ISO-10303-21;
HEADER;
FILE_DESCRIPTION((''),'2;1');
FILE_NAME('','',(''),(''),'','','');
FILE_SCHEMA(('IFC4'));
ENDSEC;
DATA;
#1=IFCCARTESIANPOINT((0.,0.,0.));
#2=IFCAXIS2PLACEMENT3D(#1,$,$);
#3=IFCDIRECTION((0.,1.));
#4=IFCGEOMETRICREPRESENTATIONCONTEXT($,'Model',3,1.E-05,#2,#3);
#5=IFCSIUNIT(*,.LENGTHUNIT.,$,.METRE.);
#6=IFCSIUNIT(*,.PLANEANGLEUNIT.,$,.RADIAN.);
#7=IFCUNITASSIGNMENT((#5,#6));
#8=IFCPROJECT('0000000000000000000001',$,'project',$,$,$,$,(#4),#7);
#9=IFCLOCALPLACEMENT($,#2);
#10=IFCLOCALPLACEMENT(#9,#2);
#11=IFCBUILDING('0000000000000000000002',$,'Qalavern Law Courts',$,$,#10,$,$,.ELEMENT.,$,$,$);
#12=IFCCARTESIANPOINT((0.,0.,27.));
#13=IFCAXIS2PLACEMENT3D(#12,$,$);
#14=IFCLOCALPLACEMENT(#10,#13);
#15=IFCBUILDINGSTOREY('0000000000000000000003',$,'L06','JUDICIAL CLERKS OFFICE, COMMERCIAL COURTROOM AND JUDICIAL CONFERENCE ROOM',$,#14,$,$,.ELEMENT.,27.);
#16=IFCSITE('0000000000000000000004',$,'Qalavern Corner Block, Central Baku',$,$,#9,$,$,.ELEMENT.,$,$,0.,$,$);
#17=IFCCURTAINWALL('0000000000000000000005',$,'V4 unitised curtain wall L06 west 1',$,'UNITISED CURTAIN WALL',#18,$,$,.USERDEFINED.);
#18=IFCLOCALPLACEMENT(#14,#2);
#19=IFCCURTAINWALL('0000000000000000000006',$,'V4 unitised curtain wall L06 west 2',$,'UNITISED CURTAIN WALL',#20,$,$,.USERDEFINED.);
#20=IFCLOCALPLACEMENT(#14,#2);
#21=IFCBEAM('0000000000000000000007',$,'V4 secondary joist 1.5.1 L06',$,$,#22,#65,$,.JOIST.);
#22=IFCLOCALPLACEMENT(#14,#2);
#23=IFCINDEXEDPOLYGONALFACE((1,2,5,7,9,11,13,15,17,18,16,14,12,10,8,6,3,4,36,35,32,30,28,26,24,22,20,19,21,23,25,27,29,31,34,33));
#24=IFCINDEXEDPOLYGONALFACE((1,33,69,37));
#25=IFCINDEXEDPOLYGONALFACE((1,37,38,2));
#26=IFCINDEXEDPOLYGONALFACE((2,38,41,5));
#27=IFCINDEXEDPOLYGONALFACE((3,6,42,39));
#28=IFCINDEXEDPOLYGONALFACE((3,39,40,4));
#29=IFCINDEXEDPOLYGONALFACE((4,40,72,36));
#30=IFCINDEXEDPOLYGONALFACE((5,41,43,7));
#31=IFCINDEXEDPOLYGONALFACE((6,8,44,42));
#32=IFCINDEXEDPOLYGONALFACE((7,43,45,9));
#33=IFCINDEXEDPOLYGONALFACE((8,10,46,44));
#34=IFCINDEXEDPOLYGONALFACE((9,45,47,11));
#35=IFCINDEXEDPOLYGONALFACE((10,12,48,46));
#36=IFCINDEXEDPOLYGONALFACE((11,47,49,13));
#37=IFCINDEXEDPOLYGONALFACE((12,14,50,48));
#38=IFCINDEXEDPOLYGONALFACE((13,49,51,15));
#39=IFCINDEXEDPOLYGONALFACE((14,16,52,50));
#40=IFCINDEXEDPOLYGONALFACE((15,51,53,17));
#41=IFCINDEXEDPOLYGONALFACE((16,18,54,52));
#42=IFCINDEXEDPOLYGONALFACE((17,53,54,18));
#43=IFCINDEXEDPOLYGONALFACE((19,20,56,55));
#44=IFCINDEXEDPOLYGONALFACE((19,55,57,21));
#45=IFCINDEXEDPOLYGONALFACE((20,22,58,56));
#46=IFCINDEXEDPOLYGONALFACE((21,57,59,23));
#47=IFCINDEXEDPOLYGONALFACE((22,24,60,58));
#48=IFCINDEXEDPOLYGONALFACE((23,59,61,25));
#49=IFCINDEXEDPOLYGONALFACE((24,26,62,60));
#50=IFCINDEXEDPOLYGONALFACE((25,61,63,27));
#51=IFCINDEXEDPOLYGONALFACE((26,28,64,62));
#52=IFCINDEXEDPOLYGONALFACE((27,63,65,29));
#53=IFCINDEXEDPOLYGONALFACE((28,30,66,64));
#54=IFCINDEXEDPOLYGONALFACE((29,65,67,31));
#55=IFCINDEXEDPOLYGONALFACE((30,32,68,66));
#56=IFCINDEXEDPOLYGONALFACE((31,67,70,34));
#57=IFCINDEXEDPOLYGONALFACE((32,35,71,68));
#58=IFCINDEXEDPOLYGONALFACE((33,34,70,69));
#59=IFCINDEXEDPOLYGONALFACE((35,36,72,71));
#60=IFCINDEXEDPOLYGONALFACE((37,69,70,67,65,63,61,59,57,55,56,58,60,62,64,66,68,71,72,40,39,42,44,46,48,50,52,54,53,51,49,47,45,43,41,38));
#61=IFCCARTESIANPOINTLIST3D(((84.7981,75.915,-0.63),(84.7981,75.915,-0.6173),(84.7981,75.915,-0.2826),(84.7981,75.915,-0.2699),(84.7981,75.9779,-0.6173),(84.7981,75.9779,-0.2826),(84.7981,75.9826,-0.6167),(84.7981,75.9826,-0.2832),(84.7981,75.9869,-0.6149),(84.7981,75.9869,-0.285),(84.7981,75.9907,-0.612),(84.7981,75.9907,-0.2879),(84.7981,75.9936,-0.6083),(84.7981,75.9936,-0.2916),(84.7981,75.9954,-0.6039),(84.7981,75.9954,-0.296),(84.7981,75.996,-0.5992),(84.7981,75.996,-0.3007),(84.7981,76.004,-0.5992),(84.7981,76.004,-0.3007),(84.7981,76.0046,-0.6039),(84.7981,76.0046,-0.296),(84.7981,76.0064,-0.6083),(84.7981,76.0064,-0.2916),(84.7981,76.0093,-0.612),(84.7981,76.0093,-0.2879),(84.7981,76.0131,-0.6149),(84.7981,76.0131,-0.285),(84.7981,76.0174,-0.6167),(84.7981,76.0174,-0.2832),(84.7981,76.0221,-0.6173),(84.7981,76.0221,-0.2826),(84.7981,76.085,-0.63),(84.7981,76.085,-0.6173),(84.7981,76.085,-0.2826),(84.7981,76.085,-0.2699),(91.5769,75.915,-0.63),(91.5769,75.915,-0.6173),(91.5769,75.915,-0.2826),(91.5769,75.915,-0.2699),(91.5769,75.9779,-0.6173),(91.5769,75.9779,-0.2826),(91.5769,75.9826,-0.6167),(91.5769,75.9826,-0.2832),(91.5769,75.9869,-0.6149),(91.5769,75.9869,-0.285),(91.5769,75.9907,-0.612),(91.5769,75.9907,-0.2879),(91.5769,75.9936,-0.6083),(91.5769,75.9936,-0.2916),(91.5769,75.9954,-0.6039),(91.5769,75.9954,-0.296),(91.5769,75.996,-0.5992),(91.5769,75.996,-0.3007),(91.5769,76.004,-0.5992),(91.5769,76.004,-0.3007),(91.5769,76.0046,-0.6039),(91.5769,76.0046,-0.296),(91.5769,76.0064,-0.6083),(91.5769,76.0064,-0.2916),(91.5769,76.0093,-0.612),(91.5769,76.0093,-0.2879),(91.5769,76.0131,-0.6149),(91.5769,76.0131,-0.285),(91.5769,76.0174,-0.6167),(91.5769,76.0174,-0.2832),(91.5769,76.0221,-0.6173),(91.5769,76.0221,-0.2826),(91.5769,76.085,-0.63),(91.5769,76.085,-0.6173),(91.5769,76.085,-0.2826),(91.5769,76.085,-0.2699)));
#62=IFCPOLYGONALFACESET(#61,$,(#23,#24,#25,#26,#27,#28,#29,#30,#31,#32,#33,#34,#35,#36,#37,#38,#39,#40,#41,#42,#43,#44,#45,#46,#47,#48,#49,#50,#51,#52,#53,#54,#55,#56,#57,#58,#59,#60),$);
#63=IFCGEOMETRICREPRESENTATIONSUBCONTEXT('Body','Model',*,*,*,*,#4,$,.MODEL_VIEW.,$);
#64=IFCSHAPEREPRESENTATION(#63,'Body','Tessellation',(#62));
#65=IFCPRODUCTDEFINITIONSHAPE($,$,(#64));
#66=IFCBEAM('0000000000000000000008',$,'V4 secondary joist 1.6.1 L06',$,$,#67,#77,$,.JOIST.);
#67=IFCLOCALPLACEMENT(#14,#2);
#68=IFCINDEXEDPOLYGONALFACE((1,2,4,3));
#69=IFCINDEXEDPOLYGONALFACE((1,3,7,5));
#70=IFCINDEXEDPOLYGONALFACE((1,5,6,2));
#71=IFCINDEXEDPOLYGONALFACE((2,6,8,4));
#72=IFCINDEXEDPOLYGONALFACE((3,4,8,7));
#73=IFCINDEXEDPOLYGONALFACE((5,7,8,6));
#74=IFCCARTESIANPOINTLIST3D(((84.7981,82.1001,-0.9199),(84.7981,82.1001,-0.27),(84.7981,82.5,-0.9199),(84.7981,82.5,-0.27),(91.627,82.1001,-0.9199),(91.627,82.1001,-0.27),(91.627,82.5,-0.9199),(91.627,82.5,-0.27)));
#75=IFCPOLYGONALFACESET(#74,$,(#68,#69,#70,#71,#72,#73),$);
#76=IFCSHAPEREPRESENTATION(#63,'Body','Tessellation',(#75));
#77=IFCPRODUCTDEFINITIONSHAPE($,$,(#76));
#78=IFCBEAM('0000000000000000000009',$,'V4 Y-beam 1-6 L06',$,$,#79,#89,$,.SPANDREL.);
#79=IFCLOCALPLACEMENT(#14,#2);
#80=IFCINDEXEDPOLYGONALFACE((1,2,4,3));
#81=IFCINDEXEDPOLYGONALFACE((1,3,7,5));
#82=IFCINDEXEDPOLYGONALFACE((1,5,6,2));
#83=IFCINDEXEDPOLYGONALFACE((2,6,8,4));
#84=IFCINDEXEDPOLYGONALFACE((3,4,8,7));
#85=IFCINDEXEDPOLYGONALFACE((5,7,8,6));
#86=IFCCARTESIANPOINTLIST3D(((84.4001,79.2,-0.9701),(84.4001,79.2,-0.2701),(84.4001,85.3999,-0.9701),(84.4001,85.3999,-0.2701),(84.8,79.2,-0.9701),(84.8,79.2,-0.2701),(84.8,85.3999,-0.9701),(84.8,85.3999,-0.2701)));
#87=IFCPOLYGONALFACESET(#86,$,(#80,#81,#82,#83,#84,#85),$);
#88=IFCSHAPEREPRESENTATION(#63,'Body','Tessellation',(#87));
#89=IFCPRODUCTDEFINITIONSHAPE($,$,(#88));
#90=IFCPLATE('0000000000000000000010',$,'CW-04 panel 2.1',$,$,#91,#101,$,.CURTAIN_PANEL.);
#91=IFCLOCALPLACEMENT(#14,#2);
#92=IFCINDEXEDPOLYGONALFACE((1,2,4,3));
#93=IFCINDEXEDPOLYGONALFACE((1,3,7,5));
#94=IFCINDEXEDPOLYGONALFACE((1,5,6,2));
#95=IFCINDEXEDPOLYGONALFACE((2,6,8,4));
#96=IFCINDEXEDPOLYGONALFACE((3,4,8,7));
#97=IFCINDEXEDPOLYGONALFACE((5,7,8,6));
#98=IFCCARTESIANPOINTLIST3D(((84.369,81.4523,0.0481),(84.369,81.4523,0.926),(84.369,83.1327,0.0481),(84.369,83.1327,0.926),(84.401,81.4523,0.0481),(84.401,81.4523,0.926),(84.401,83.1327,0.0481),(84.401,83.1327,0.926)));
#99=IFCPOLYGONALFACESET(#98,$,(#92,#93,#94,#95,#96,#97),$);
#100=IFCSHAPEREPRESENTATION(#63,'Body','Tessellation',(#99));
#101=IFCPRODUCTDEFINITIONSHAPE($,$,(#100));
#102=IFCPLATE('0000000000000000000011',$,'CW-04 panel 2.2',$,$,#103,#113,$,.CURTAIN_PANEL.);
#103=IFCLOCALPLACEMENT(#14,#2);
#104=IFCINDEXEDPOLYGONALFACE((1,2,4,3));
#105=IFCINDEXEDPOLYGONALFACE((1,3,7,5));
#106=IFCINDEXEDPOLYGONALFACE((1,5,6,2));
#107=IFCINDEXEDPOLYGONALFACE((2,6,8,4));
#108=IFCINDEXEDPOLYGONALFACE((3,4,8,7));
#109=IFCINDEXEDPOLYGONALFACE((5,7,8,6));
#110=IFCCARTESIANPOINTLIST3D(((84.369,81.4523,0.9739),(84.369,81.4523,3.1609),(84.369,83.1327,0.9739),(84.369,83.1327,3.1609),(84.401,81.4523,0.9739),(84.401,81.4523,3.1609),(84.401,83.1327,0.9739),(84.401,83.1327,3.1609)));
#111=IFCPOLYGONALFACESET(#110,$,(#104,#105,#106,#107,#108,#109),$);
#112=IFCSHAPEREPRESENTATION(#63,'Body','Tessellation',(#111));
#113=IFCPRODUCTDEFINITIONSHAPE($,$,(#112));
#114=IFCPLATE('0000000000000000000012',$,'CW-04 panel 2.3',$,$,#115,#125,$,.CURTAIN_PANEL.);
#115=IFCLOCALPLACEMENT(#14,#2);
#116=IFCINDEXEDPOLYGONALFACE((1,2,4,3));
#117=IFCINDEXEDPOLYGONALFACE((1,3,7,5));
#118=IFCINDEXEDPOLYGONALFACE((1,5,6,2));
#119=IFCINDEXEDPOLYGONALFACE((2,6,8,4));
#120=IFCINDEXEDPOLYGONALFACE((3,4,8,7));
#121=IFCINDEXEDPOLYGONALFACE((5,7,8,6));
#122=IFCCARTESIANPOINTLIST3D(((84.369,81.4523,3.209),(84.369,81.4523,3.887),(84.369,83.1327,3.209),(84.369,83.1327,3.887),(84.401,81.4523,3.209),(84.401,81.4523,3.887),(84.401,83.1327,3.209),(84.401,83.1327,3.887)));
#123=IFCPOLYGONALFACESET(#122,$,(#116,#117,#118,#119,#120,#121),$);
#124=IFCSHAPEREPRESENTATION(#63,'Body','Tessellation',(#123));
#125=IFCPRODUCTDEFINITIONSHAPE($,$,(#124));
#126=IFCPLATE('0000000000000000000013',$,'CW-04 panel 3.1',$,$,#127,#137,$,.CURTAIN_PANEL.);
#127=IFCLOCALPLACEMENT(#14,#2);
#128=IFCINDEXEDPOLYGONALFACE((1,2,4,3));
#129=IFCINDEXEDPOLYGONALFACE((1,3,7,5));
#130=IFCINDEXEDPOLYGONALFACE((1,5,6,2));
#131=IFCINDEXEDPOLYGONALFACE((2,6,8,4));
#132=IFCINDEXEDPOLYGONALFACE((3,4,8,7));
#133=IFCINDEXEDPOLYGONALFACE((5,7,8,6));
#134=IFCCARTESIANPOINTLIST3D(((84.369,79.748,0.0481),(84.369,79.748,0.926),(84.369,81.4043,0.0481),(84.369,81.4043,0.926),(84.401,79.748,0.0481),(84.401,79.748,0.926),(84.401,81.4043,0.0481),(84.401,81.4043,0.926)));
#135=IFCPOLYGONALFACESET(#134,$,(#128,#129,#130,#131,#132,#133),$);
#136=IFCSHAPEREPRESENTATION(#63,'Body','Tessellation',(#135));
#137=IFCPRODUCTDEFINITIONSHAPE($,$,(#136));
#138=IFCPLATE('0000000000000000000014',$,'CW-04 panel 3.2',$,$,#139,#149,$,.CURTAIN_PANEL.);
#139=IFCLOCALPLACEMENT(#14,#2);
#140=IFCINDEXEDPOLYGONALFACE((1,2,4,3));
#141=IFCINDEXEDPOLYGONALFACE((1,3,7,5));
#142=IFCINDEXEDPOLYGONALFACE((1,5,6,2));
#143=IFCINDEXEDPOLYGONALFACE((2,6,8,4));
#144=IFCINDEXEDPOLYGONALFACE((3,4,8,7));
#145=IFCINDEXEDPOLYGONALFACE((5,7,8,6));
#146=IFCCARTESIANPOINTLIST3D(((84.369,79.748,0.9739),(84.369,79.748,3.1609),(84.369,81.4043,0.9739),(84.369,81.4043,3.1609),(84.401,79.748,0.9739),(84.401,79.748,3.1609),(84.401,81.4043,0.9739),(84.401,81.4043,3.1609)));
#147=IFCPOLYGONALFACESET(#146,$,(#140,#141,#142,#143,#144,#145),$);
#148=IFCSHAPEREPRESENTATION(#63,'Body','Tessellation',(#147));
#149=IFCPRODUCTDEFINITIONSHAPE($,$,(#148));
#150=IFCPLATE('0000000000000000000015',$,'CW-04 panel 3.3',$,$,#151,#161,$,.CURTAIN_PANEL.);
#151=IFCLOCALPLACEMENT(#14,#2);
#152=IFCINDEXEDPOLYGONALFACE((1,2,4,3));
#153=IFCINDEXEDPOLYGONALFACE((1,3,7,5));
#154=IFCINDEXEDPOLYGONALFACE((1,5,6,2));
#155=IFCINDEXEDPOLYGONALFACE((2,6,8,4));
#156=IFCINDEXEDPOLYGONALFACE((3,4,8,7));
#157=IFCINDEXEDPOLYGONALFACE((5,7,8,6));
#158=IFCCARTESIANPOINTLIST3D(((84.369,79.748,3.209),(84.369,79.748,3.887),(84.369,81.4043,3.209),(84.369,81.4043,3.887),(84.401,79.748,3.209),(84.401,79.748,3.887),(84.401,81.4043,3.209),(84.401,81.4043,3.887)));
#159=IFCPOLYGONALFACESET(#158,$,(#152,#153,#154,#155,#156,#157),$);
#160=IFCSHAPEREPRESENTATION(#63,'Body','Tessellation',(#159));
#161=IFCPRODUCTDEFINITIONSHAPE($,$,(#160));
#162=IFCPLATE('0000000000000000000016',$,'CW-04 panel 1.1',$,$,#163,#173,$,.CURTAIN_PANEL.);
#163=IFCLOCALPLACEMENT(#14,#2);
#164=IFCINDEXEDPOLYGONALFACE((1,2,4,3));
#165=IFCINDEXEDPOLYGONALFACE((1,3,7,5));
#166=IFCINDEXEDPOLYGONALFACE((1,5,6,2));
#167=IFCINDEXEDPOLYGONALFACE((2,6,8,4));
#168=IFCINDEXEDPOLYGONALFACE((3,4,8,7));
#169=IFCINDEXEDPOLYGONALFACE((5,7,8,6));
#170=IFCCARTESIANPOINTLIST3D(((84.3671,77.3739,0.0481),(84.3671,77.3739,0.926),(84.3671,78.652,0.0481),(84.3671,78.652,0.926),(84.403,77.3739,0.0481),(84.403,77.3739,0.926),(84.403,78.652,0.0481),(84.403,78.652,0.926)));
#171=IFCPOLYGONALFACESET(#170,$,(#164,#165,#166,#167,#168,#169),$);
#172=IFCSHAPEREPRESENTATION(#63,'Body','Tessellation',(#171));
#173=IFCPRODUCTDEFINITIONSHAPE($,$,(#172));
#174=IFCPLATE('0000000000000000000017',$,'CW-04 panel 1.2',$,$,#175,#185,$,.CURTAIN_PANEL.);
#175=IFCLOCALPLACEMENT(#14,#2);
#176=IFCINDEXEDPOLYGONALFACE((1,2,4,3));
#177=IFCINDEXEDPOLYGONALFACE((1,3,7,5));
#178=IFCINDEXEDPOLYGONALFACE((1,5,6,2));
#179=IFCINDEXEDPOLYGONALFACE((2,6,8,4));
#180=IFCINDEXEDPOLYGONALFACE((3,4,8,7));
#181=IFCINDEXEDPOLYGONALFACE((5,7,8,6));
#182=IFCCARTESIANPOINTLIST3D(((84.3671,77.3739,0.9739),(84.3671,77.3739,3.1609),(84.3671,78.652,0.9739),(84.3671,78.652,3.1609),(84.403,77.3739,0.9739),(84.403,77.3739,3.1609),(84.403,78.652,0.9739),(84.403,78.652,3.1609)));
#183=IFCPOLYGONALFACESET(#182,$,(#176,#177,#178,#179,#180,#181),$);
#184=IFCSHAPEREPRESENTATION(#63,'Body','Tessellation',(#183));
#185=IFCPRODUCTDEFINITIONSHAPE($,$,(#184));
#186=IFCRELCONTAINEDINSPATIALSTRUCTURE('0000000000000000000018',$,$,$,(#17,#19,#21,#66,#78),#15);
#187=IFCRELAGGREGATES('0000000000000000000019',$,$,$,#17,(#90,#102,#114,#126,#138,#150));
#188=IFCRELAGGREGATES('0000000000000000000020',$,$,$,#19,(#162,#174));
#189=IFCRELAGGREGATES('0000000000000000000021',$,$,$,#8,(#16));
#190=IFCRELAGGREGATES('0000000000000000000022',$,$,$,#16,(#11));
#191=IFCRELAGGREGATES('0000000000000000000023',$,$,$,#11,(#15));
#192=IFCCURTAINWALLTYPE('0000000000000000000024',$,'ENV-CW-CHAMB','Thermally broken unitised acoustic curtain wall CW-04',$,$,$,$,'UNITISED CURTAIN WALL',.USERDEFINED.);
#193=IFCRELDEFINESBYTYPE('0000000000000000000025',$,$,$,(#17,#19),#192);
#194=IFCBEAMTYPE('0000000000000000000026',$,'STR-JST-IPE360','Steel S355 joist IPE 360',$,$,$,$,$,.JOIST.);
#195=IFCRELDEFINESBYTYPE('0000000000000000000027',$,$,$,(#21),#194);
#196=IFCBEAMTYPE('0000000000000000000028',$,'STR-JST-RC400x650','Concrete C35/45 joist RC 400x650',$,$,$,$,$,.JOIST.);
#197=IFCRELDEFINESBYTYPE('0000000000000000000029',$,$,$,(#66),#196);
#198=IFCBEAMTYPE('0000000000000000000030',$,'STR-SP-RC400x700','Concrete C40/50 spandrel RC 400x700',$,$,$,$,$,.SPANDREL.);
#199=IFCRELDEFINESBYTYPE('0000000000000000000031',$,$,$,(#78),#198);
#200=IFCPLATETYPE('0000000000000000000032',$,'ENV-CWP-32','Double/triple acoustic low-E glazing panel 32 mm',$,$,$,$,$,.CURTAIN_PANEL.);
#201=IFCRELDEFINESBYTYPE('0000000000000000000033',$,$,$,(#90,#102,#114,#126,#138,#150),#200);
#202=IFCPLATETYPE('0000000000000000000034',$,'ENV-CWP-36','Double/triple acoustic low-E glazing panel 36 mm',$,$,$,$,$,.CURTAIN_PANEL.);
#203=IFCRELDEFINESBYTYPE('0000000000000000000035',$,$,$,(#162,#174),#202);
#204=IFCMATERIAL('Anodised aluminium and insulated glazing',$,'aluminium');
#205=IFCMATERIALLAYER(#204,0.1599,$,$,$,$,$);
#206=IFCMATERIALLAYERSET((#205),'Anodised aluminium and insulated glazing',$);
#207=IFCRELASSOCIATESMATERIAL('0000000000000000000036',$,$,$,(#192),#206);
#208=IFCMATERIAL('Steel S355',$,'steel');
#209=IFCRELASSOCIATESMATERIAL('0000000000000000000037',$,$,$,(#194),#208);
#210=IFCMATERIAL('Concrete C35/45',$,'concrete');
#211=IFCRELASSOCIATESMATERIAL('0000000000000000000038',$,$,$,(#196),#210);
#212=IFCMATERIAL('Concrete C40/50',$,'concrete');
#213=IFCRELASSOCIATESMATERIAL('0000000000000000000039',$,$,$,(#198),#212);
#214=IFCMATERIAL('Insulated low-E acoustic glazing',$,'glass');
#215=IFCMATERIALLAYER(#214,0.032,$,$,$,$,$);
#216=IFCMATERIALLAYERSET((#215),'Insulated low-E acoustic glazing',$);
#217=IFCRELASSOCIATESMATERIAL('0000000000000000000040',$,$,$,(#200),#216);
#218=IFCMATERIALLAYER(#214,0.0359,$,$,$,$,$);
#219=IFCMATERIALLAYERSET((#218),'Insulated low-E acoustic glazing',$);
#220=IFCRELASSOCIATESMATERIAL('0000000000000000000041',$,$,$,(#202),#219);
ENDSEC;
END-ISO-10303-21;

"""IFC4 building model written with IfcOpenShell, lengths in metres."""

from ifc_helpers import new_model, si_unit, direction, frame, origin, origin_2d, place, context, subcontext, project, spatial, rectangle, i_section, extrude, material, layer, layer_set, material_profile, profile_set, type_object, element, aggregate, save


model = new_model("IFC4")

# Units and contexts
model_context = context("Model", 3, precision=1e-05, world=origin(), true_north=direction((0.0, 1.0)))
body_context = subcontext(model_context, "Body", "Model", "MODEL_VIEW")
ifc_project = project(units=[si_unit("LENGTHUNIT", "METRE"), si_unit("PLANEANGLEUNIT", "RADIAN")], contexts=[model_context])

# Site, building, storey
site_placement = place(None, origin())
site = spatial("IfcSite", under=ifc_project, at=site_placement, Name="Qalavern Corner Block, Central Baku", CompositionType="ELEMENT", RefElevation=0.0)
building_placement = place(site_placement, origin())
building = spatial("IfcBuilding", under=site, at=building_placement, Name="Qalavern Law Courts", CompositionType="ELEMENT")
storey_placement = place(building_placement, frame((0.0, 0.0, 27.0)))
storey = spatial("IfcBuildingStorey", under=building, at=storey_placement, Name="L06", Description="JUDICIAL CLERKS OFFICE, COMMERCIAL COURTROOM AND JUDICIAL CONFERENCE ROOM", CompositionType="ELEMENT", Elevation=27.0)

# Curtain walls
ifc_material_1 = material(Name="Anodised aluminium and insulated glazing", Category="aluminium")
ifc_layer_1 = layer(ifc_material_1, 0.1599)
ifc_layer_set_1 = layer_set([ifc_layer_1], Name="Anodised aluminium and insulated glazing")
curtain_wall_type = type_object("IfcCurtainWallType", Name="ENV-CW-CHAMB", Description="Thermally broken unitised acoustic curtain wall CW-04", ElementType="UNITISED CURTAIN WALL", PredefinedType="USERDEFINED", material=ifc_layer_set_1)
curtain_wall_1_placement = place(storey_placement, origin())
curtain_wall_1 = element("IfcCurtainWall", 1, at=curtain_wall_1_placement, inside=storey, type_object=curtain_wall_type, Name="V4 unitised curtain wall L06 west 1", ObjectType="UNITISED CURTAIN WALL", PredefinedType="USERDEFINED")
curtain_wall_2_placement = place(storey_placement, origin())
curtain_wall_2 = element("IfcCurtainWall", 2, at=curtain_wall_2_placement, inside=storey, type_object=curtain_wall_type, Name="V4 unitised curtain wall L06 west 2", ObjectType="UNITISED CURTAIN WALL", PredefinedType="USERDEFINED")

# Beams
ifc_material_2 = material(Name="Concrete C35/45", Category="concrete")
ifc_material_3 = material(Name="Steel S355", Category="steel")
ifc_material_profile_1 = material_profile(ifc_material_3, i_section(OverallWidth=0.1699, OverallDepth=0.3601, WebThickness=0.0081, FlangeThickness=0.0127, FilletRadius=0.0181, at=origin_2d()), Name="IPE 360")
ifc_profile_set_1 = profile_set([ifc_material_profile_1], Name="Steel S355")
beam_type_1 = type_object("IfcBeamType", Name="STR-JST-IPE360", Description="Steel S355 joist IPE 360", PredefinedType="JOIST", material=ifc_profile_set_1)
beam_1_placement = place(storey_placement, frame((84.7981, 76.0, -0.45), z_axis=(1.0, 0.0, 0.0), x_axis=(0.0, 1.0, 0.0)))
element("IfcBeam", 3, at=beam_1_placement, inside=storey, type_object=beam_type_1, Name="V4 secondary joist 1.5.1 L06", PredefinedType="JOIST", context=body_context, shape_type="SweptSolid", body=[
    extrude(i_section(OverallWidth=0.1699, OverallDepth=0.3601, WebThickness=0.0081, FlangeThickness=0.0127, FilletRadius=0.0181, at=origin_2d()), origin(), (0.0, 0.0, 1.0), 6.7788),
])
ifc_material_profile_2 = material_profile(ifc_material_2, rectangle(XDim=0.3999, YDim=0.6499, at=origin_2d()), Name="RC 400x650")
ifc_profile_set_2 = profile_set([ifc_material_profile_2], Name="Concrete C35/45")
beam_type_2 = type_object("IfcBeamType", Name="STR-JST-RC400x650", Description="Concrete C35/45 joist RC 400x650", PredefinedType="JOIST", material=ifc_profile_set_2)
beam_2_placement = place(storey_placement, frame((84.7981, 82.3, -0.595), z_axis=(1.0, 0.0, 0.0), x_axis=(0.0, 1.0, 0.0)))
element("IfcBeam", 4, at=beam_2_placement, inside=storey, type_object=beam_type_2, Name="V4 secondary joist 1.6.1 L06", PredefinedType="JOIST", context=body_context, shape_type="SweptSolid", body=[
    extrude(rectangle(XDim=0.3999, YDim=0.6499, at=origin_2d()), origin(), (0.0, 0.0, 1.0), 6.8289),
])
ifc_material_4 = material(Name="Concrete C40/50", Category="concrete")
ifc_material_profile_3 = material_profile(ifc_material_4, rectangle(XDim=0.3999, YDim=0.7, at=origin_2d()), Name="RC 400x700")
ifc_profile_set_3 = profile_set([ifc_material_profile_3], Name="Concrete C40/50")
beam_type_3 = type_object("IfcBeamType", Name="STR-SP-RC400x700", Description="Concrete C40/50 spandrel RC 400x700", PredefinedType="SPANDREL", material=ifc_profile_set_3)
beam_3_placement = place(storey_placement, frame((84.6001, 79.2, -0.6201), z_axis=(0.0, 1.0, 0.0), x_axis=(-1.0, 0.0, 0.0)))
element("IfcBeam", 5, at=beam_3_placement, inside=storey, type_object=beam_type_3, Name="V4 Y-beam 1-6 L06", PredefinedType="SPANDREL", context=body_context, shape_type="SweptSolid", body=[
    extrude(rectangle(XDim=0.3999, YDim=0.7, at=origin_2d()), origin(), (0.0, 0.0, 1.0), 6.2),
])

# Plates
ifc_material_5 = material(Name="Insulated low-E acoustic glazing", Category="glass")
ifc_layer_2 = layer(ifc_material_5, 0.032)
ifc_layer_set_2 = layer_set([ifc_layer_2], Name="Insulated low-E acoustic glazing")
plate_type_1 = type_object("IfcPlateType", Name="ENV-CWP-32", Description="Double/triple acoustic low-E glazing panel 32 mm", PredefinedType="CURTAIN_PANEL", material=ifc_layer_set_2)
plate_1_placement = place(storey_placement, frame((84.385, 82.2925, 0.0481), z_axis=(0.0, 0.0, 1.0), x_axis=(0.0, -1.0, 0.0)))
plate_1 = element("IfcPlate", 6, at=plate_1_placement, type_object=plate_type_1, Name="CW-04 panel 2.1", PredefinedType="CURTAIN_PANEL", context=body_context, shape_type="SweptSolid", body=[
    extrude(rectangle(XDim=1.6804, YDim=0.032, at=origin_2d()), origin(), (0.0, 0.0, 1.0), 0.8779),
])
plate_2_placement = place(storey_placement, frame((84.385, 82.2925, 0.9739), z_axis=(0.0, 0.0, 1.0), x_axis=(0.0, -1.0, 0.0)))
plate_2 = element("IfcPlate", 7, at=plate_2_placement, type_object=plate_type_1, Name="CW-04 panel 2.2", PredefinedType="CURTAIN_PANEL", context=body_context, shape_type="SweptSolid", body=[
    extrude(rectangle(XDim=1.6804, YDim=0.032, at=origin_2d()), origin(), (0.0, 0.0, 1.0), 2.187),
])
plate_3_placement = place(storey_placement, frame((84.385, 82.2925, 3.209), z_axis=(0.0, 0.0, 1.0), x_axis=(0.0, -1.0, 0.0)))
plate_3 = element("IfcPlate", 8, at=plate_3_placement, type_object=plate_type_1, Name="CW-04 panel 2.3", PredefinedType="CURTAIN_PANEL", context=body_context, shape_type="SweptSolid", body=[
    extrude(rectangle(XDim=1.6804, YDim=0.032, at=origin_2d()), origin(), (0.0, 0.0, 1.0), 0.678),
])
plate_4_placement = place(storey_placement, frame((84.385, 80.5762, 0.0481), z_axis=(0.0, 0.0, 1.0), x_axis=(0.0, -1.0, 0.0)))
plate_4 = element("IfcPlate", 9, at=plate_4_placement, type_object=plate_type_1, Name="CW-04 panel 3.1", PredefinedType="CURTAIN_PANEL", context=body_context, shape_type="SweptSolid", body=[
    extrude(rectangle(XDim=1.6562, YDim=0.032, at=origin_2d()), origin(), (0.0, 0.0, 1.0), 0.8779),
])
plate_5_placement = place(storey_placement, frame((84.385, 80.5762, 0.9739), z_axis=(0.0, 0.0, 1.0), x_axis=(0.0, -1.0, 0.0)))
plate_5 = element("IfcPlate", 10, at=plate_5_placement, type_object=plate_type_1, Name="CW-04 panel 3.2", PredefinedType="CURTAIN_PANEL", context=body_context, shape_type="SweptSolid", body=[
    extrude(rectangle(XDim=1.6562, YDim=0.032, at=origin_2d()), origin(), (0.0, 0.0, 1.0), 2.187),
])
plate_6_placement = place(storey_placement, frame((84.385, 80.5762, 3.209), z_axis=(0.0, 0.0, 1.0), x_axis=(0.0, -1.0, 0.0)))
plate_6 = element("IfcPlate", 11, at=plate_6_placement, type_object=plate_type_1, Name="CW-04 panel 3.3", PredefinedType="CURTAIN_PANEL", context=body_context, shape_type="SweptSolid", body=[
    extrude(rectangle(XDim=1.6562, YDim=0.032, at=origin_2d()), origin(), (0.0, 0.0, 1.0), 0.678),
])
aggregate(curtain_wall_1, [plate_1, plate_2, plate_3, plate_4, plate_5, plate_6])
ifc_layer_3 = layer(ifc_material_5, 0.0359)
ifc_layer_set_3 = layer_set([ifc_layer_3], Name="Insulated low-E acoustic glazing")
plate_type_2 = type_object("IfcPlateType", Name="ENV-CWP-36", Description="Double/triple acoustic low-E glazing panel 36 mm", PredefinedType="CURTAIN_PANEL", material=ifc_layer_set_3)
plate_7_placement = place(storey_placement, frame((84.385, 78.0129, 0.0481), z_axis=(0.0, 0.0, 1.0), x_axis=(0.0, -1.0, 0.0)))
plate_7 = element("IfcPlate", 12, at=plate_7_placement, type_object=plate_type_2, Name="CW-04 panel 1.1", PredefinedType="CURTAIN_PANEL", context=body_context, shape_type="SweptSolid", body=[
    extrude(rectangle(XDim=1.2781, YDim=0.0359, at=origin_2d()), origin(), (0.0, 0.0, 1.0), 0.8779),
])
plate_8_placement = place(storey_placement, frame((84.385, 78.0129, 0.9739), z_axis=(0.0, 0.0, 1.0), x_axis=(0.0, -1.0, 0.0)))
plate_8 = element("IfcPlate", 13, at=plate_8_placement, type_object=plate_type_2, Name="CW-04 panel 1.2", PredefinedType="CURTAIN_PANEL", context=body_context, shape_type="SweptSolid", body=[
    extrude(rectangle(XDim=1.2781, YDim=0.0359, at=origin_2d()), origin(), (0.0, 0.0, 1.0), 2.187),
])
aggregate(curtain_wall_2, [plate_7, plate_8])

save(model, "model.ifc")
